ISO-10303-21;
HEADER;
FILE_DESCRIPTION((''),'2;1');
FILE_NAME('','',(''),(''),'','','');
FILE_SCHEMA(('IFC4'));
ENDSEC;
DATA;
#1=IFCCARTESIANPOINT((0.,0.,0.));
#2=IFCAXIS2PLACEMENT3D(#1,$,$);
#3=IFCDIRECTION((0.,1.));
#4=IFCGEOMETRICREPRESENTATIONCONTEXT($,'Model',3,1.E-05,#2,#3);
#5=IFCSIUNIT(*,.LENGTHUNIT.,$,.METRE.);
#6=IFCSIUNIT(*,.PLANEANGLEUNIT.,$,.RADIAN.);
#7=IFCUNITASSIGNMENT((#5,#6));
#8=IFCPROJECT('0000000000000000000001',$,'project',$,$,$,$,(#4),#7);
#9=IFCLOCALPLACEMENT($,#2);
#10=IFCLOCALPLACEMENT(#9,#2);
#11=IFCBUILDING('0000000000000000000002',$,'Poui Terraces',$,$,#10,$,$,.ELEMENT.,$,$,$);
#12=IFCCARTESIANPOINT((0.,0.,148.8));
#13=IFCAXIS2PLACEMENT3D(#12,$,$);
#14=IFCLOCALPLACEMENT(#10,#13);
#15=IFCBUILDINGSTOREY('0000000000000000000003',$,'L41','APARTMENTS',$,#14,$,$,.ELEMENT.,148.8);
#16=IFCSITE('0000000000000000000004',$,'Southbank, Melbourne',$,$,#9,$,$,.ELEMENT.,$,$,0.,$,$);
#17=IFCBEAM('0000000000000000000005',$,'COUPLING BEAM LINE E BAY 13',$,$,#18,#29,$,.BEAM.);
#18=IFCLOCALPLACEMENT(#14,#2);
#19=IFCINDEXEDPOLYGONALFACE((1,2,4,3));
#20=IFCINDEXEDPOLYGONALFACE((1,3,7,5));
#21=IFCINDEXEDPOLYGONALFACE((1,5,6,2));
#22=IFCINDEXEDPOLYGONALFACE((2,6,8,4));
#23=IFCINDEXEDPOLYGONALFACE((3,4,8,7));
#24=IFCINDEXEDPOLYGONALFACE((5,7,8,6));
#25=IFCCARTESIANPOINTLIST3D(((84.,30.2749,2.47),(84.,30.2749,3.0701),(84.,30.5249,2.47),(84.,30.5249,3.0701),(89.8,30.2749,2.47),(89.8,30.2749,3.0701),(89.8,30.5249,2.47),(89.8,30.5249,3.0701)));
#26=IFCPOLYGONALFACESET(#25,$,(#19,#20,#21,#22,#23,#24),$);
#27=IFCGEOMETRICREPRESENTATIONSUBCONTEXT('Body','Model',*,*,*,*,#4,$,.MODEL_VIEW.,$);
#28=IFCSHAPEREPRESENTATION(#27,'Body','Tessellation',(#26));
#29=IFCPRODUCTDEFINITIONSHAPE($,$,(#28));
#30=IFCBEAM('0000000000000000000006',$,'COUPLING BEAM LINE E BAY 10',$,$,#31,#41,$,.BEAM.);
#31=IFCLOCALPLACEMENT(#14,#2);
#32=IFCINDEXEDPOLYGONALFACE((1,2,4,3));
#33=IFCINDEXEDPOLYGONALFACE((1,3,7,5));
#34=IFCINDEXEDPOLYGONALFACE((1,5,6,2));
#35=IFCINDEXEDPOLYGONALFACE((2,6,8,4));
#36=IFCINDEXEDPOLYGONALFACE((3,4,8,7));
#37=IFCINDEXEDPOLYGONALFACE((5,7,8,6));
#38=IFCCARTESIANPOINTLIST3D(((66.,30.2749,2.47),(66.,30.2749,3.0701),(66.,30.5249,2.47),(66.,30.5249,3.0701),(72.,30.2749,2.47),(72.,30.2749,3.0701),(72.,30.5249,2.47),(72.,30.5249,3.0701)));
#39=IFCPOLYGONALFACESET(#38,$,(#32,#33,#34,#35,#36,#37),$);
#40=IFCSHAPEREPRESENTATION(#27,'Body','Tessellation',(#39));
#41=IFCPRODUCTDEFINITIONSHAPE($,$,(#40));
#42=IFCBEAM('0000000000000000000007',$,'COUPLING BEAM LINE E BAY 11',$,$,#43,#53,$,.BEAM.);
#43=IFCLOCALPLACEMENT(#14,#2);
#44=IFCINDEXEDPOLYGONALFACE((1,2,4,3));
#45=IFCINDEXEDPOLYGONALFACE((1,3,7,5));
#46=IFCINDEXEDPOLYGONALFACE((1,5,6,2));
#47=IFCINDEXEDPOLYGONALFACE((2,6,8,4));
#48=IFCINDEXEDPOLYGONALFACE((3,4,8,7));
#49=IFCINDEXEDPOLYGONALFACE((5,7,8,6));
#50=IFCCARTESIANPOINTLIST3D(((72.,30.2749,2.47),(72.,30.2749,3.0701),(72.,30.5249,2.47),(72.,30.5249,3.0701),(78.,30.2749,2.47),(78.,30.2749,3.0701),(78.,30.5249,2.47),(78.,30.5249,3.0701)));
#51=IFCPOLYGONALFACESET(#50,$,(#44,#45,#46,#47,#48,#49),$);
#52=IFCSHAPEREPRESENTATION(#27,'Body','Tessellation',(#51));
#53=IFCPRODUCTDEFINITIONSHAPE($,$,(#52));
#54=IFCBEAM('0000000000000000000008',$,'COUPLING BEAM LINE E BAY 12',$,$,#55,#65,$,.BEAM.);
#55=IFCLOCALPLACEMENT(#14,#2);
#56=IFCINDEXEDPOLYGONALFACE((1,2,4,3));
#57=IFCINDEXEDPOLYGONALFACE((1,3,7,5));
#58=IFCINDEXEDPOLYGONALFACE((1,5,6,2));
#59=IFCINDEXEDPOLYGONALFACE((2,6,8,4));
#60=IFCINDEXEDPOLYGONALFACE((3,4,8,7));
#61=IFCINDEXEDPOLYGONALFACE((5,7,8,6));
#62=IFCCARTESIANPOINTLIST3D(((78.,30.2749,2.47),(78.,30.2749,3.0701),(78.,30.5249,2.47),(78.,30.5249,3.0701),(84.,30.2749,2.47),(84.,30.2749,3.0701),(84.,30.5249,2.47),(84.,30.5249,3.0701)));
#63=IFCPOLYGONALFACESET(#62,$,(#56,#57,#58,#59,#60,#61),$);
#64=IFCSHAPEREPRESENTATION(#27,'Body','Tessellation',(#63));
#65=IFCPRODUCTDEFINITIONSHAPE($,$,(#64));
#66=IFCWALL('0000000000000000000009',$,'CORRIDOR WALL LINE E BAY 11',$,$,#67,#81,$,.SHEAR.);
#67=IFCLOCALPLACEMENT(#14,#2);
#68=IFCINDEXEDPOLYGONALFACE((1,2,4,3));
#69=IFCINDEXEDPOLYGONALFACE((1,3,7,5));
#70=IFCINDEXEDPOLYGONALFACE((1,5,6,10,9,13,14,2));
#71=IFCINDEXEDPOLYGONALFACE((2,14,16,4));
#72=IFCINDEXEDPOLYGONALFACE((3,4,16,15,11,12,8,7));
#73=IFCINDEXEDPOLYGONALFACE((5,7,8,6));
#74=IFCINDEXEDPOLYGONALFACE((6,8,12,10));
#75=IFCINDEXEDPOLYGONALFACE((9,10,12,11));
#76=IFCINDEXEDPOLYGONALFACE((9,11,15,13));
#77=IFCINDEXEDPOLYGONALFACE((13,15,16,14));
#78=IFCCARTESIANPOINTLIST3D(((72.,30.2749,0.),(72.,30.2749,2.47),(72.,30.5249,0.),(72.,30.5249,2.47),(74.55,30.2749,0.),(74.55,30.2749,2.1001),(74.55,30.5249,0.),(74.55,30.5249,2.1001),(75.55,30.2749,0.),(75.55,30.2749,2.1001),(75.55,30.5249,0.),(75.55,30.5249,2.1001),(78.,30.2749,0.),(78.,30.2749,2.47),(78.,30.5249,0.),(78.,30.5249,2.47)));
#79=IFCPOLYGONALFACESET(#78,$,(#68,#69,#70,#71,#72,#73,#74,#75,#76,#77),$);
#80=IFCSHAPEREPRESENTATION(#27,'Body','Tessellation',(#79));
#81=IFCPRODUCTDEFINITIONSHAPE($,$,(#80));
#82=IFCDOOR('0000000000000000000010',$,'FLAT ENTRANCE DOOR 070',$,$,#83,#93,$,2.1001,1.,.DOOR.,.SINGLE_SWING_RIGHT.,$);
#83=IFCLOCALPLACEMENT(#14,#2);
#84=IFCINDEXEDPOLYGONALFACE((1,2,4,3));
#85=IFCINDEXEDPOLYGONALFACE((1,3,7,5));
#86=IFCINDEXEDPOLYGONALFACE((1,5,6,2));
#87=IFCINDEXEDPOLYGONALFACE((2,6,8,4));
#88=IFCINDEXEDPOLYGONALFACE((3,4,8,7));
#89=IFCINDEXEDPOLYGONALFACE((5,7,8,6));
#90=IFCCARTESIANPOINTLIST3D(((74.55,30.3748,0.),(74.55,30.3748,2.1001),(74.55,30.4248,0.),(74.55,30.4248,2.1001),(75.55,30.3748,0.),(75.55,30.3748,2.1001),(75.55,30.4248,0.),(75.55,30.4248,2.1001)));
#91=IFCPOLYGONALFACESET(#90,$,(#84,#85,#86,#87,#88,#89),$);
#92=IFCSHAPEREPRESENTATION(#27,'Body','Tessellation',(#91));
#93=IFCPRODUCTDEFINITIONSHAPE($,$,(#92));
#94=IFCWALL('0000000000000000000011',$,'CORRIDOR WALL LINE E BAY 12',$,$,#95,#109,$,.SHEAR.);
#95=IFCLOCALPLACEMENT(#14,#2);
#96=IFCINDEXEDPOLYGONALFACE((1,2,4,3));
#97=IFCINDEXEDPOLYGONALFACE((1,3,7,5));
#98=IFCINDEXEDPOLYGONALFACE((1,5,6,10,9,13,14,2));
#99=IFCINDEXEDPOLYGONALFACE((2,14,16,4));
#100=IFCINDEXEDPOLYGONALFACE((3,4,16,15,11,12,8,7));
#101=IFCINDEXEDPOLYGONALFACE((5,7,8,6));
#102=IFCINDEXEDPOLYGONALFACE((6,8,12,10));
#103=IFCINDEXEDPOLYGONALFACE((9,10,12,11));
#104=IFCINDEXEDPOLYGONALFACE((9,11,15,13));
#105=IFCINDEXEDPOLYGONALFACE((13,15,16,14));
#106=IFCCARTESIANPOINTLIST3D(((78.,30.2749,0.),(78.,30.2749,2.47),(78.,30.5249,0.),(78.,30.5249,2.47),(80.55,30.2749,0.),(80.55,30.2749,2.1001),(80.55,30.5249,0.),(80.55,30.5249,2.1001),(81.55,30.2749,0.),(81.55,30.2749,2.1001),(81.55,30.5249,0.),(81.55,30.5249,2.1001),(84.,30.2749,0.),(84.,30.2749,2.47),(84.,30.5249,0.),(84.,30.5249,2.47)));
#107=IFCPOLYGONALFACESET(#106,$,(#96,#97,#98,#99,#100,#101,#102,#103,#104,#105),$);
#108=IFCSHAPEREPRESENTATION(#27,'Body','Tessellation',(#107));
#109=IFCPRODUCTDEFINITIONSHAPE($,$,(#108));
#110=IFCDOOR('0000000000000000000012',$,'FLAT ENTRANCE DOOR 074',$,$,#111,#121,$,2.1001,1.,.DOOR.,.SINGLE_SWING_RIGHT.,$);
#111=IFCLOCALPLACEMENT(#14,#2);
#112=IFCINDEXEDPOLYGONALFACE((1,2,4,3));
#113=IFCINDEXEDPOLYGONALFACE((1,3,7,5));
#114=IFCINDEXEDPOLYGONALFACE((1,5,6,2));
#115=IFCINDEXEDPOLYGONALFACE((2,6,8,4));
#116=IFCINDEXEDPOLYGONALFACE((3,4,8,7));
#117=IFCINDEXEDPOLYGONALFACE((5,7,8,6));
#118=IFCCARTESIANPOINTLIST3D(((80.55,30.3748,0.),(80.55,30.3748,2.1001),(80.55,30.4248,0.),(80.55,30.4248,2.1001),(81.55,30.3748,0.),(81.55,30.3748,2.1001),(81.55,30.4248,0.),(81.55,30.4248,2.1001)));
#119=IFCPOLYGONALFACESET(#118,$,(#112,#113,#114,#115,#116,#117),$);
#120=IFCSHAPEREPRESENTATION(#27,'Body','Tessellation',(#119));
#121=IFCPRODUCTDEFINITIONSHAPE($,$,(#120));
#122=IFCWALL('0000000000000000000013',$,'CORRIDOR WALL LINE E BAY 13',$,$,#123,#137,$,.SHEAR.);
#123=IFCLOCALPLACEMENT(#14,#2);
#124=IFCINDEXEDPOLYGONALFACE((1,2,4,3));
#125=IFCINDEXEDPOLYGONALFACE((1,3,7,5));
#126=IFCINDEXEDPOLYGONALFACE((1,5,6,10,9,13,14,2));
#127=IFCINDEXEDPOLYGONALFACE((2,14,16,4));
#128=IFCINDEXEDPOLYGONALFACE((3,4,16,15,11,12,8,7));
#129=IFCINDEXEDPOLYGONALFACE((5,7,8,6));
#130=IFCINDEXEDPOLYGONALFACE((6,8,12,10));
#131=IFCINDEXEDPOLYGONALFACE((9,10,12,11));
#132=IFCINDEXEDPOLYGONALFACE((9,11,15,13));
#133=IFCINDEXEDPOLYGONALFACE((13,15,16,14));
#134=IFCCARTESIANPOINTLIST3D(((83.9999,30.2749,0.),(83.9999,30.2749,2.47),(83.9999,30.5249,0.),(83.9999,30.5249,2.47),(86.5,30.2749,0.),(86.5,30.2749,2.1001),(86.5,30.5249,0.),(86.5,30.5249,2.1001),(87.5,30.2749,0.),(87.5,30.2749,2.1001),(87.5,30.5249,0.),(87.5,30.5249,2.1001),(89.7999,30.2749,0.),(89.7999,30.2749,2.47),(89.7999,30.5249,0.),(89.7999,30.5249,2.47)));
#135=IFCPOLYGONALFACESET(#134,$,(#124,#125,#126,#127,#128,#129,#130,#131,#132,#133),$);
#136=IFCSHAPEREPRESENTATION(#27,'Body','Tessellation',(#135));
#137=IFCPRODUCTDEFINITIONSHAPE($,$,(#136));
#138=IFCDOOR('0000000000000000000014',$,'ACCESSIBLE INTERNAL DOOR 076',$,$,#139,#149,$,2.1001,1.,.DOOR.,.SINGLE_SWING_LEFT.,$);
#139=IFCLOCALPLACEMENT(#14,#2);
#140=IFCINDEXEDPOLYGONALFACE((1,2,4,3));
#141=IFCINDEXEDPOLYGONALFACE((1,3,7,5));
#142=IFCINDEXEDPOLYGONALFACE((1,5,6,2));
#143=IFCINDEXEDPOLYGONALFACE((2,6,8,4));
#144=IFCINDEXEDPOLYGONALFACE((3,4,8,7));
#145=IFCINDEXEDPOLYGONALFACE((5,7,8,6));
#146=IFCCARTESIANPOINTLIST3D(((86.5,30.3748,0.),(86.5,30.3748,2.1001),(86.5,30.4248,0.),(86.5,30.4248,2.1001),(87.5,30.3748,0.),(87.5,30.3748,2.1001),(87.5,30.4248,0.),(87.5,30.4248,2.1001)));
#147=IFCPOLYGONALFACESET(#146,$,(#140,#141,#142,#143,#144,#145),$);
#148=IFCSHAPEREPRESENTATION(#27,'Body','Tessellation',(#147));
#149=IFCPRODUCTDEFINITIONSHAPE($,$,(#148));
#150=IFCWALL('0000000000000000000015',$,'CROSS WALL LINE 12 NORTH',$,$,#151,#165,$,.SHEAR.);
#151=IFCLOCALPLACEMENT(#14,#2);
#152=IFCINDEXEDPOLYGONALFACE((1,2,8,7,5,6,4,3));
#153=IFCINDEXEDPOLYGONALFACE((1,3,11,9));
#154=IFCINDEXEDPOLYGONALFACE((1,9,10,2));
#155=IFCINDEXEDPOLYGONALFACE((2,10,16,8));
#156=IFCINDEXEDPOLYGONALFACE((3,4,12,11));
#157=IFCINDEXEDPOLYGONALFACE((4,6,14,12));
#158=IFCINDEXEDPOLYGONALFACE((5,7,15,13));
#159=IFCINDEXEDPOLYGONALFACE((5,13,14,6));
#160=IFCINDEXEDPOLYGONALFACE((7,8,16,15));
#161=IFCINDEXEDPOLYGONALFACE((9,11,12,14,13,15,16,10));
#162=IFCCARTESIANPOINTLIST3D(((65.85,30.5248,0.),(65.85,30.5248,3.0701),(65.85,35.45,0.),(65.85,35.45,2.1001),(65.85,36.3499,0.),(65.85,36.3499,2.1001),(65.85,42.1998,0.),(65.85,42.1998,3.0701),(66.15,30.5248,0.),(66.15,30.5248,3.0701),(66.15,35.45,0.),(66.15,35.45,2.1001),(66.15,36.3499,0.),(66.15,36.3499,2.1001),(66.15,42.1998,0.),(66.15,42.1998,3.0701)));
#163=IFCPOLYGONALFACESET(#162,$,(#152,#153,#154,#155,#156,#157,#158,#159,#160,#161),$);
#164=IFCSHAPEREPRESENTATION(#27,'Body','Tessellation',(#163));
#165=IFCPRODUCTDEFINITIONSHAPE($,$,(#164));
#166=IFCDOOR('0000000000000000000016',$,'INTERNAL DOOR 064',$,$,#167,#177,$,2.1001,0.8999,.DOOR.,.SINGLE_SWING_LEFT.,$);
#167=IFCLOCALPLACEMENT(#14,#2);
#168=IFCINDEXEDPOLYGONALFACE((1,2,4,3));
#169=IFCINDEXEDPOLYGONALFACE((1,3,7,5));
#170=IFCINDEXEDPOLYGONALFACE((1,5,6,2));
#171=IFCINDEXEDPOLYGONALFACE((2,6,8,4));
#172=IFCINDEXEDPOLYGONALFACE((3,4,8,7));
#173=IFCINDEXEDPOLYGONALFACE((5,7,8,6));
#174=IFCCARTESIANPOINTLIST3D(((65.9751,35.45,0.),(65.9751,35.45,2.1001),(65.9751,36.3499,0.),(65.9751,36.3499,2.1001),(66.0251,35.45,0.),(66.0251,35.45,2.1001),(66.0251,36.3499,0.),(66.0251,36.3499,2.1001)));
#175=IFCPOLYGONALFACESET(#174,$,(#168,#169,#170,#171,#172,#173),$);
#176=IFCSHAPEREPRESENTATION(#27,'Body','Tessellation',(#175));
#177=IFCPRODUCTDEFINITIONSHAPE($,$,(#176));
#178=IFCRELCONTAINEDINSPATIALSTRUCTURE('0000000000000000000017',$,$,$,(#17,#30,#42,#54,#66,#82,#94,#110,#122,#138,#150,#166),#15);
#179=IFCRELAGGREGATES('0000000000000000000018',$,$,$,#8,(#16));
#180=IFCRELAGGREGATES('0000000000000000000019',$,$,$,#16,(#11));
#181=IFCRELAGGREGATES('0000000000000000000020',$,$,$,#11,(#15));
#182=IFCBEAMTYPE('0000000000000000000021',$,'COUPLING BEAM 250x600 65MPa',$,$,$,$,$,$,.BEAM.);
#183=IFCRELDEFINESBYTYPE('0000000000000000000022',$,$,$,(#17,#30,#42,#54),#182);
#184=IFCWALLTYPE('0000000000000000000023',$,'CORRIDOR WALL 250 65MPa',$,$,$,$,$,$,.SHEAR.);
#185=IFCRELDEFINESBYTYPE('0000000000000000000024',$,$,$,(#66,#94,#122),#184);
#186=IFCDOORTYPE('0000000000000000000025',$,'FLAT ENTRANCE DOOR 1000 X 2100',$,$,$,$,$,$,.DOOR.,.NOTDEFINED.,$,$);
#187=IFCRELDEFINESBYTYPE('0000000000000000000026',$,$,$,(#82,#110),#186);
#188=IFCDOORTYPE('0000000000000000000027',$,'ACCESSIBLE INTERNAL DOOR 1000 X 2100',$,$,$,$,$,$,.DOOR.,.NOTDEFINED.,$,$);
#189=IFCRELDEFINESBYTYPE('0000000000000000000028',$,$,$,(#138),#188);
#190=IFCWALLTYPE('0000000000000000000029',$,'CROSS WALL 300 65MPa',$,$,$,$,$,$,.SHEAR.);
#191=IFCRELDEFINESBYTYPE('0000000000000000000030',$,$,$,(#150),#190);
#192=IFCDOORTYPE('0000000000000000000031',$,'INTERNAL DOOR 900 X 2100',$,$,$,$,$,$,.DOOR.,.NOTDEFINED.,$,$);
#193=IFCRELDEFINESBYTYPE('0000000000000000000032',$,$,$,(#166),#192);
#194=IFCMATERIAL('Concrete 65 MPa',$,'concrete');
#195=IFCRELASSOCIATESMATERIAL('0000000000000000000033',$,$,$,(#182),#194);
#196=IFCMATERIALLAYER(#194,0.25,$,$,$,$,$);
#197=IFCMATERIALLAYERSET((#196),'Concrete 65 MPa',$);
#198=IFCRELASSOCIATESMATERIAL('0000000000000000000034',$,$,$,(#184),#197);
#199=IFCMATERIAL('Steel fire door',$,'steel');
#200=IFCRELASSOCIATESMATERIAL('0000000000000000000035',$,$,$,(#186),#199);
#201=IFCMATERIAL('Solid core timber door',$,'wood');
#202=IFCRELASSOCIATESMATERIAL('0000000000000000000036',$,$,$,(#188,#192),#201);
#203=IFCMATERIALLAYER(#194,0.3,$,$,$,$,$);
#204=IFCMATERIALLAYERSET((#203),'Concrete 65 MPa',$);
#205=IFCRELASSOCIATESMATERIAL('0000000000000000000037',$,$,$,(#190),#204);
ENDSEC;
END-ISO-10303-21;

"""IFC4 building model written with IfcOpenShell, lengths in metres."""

from ifc_helpers import new_model, si_unit, direction, frame, frame_2d, origin, origin_2d, place, context, subcontext, project, spatial, rectangle, extrude, source, transform, mapped, material, layer, layer_set, material_profile, profile_set, type_object, element, fill, save


model = new_model("IFC4")

# Units and contexts
model_context = context("Model", 3, precision=1e-05, world=origin(), true_north=direction((0.0, 1.0)))
body_context = subcontext(model_context, "Body", "Model", "MODEL_VIEW")
ifc_project = project(units=[si_unit("LENGTHUNIT", "METRE"), si_unit("PLANEANGLEUNIT", "RADIAN")], contexts=[model_context])

# Site, building, storey
site_placement = place(None, origin())
site = spatial("IfcSite", under=ifc_project, at=site_placement, Name="Southbank, Melbourne", CompositionType="ELEMENT", RefElevation=0.0)
building_placement = place(site_placement, origin())
building = spatial("IfcBuilding", under=site, at=building_placement, Name="Poui Terraces", CompositionType="ELEMENT")
storey_placement = place(building_placement, frame((0.0, 0.0, 148.8)))
storey = spatial("IfcBuildingStorey", under=building, at=storey_placement, Name="L41", Description="APARTMENTS", CompositionType="ELEMENT", Elevation=148.8)

# Beams
ifc_material_1 = material(Name="Concrete 65 MPa", Category="concrete")
ifc_material_profile = material_profile(ifc_material_1, rectangle(XDim=0.25, YDim=0.6001, at=origin_2d()), Name="RC 250x600")
ifc_profile_set = profile_set([ifc_material_profile], Name="Concrete 65 MPa")
beam_type = type_object("IfcBeamType", Name="COUPLING BEAM 250x600 65MPa", PredefinedType="BEAM", material=ifc_profile_set)
shared_shape_1 = source(origin(), body_context, "Body", "SweptSolid", [
    extrude(rectangle(XDim=0.25, YDim=0.6001, at=origin_2d()), origin(), (0.0, 0.0, 1.0), 5.8),
])
beam_placement = place(storey_placement, frame((84.0, 30.3999, 2.77), z_axis=(1.0, 0.0, 0.0), x_axis=(0.0, 1.0, 0.0)))
element("IfcBeam", 1, at=beam_placement, inside=storey, type_object=beam_type, Name="COUPLING BEAM LINE E BAY 13", PredefinedType="BEAM", context=body_context, shape_type="MappedRepresentation", body=[
    mapped(shared_shape_1, transform((0.0, 0.0, 0.0))),
])
shared_shape_2 = source(origin(), body_context, "Body", "SweptSolid", [
    extrude(rectangle(XDim=0.25, YDim=0.6001, at=origin_2d()), origin(), (0.0, 0.0, 1.0), 6.0),
])
for number, where, z_axis, x_axis, name in (
    (2, (66.0, 30.3999, 2.77), (1.0, 0.0, 0.0), (0.0, 1.0, 0.0), "COUPLING BEAM LINE E BAY 10"),
    (3, (72.0, 30.3999, 2.77), (1.0, 0.0, 0.0), (0.0, 1.0, 0.0), "COUPLING BEAM LINE E BAY 11"),
    (4, (78.0, 30.3999, 2.77), (1.0, 0.0, 0.0), (0.0, 1.0, 0.0), "COUPLING BEAM LINE E BAY 12"),
):
    element("IfcBeam", number, at=place(storey_placement, frame(where, z_axis=z_axis, x_axis=x_axis)), inside=storey, type_object=beam_type, Name=name, PredefinedType="BEAM", context=body_context, shape_type="MappedRepresentation", body=[
        mapped(shared_shape_2, transform((0.0, 0.0, 0.0))),
    ])

# Walls, openings, doors
ifc_layer_1 = layer(ifc_material_1, 0.25)
ifc_layer_set_1 = layer_set([ifc_layer_1], Name="Concrete 65 MPa")
wall_type_1 = type_object("IfcWallType", Name="CORRIDOR WALL 250 65MPa", PredefinedType="SHEAR", material=ifc_layer_set_1)
wall_1_placement = place(storey_placement, frame((72.0, 30.3999, 0.0), z_axis=(0.0, 0.0, 1.0), x_axis=(1.0, 0.0, 0.0)))
wall_1 = element("IfcWall", 5, at=wall_1_placement, inside=storey, type_object=wall_type_1, Name="CORRIDOR WALL LINE E BAY 11", PredefinedType="SHEAR", context=body_context, shape_type="SweptSolid", body=[
    extrude(rectangle(XDim=6.0, YDim=0.25, at=frame_2d((3.0, 0.0))), origin(), (0.0, 0.0, 1.0), 2.47),
])
opening_1_placement = place(wall_1_placement, frame((2.55, 0.0, 0.0)))
opening_1 = element("IfcOpeningElement", 6, at=opening_1_placement, cuts=wall_1, PredefinedType="OPENING", context=body_context, shape_type="SweptSolid", body=[
    extrude(rectangle(XDim=1.0, YDim=2.1001, at=frame_2d((0.5, 1.05))), frame((0.0, 0.135, 0.0), z_axis=(0.0, -1.0, 0.0), x_axis=(1.0, 0.0, 0.0)), (0.0, 0.0, 1.0), 0.27),
])
ifc_material_2 = material(Name="Steel fire door", Category="steel")
door_type_1 = type_object("IfcDoorType", Name="FLAT ENTRANCE DOOR 1000 X 2100", OperationType="NOTDEFINED", PredefinedType="DOOR", material=ifc_material_2)
door_1_placement = place(opening_1_placement, origin())
door_1 = element("IfcDoor", 7, at=door_1_placement, inside=storey, type_object=door_type_1, Name="FLAT ENTRANCE DOOR 070", OperationType="SINGLE_SWING_RIGHT", OverallHeight=2.1001, OverallWidth=1.0, PredefinedType="DOOR", context=body_context, shape_type="SweptSolid", body=[
    extrude(rectangle(XDim=1.0, YDim=2.1001, at=frame_2d((0.5, 1.05))), frame((0.0, 0.0249, 0.0), z_axis=(0.0, -1.0, 0.0), x_axis=(1.0, 0.0, 0.0)), (0.0, 0.0, 1.0), 0.05),
])
fill(opening_1, door_1)
wall_2_placement = place(storey_placement, frame((78.0, 30.3999, 0.0), z_axis=(0.0, 0.0, 1.0), x_axis=(1.0, 0.0, 0.0)))
wall_2 = element("IfcWall", 8, at=wall_2_placement, inside=storey, type_object=wall_type_1, Name="CORRIDOR WALL LINE E BAY 12", PredefinedType="SHEAR", context=body_context, shape_type="SweptSolid", body=[
    extrude(rectangle(XDim=6.0, YDim=0.25, at=frame_2d((3.0, 0.0))), origin(), (0.0, 0.0, 1.0), 2.47),
])
opening_2_placement = place(wall_2_placement, frame((2.55, 0.0, 0.0)))
opening_2 = element("IfcOpeningElement", 9, at=opening_2_placement, cuts=wall_2, PredefinedType="OPENING", context=body_context, shape_type="SweptSolid", body=[
    extrude(rectangle(XDim=1.0, YDim=2.1001, at=frame_2d((0.5, 1.05))), frame((0.0, 0.135, 0.0), z_axis=(0.0, -1.0, 0.0), x_axis=(1.0, 0.0, 0.0)), (0.0, 0.0, 1.0), 0.27),
])
door_2_placement = place(opening_2_placement, origin())
door_2 = element("IfcDoor", 10, at=door_2_placement, inside=storey, type_object=door_type_1, Name="FLAT ENTRANCE DOOR 074", OperationType="SINGLE_SWING_RIGHT", OverallHeight=2.1001, OverallWidth=1.0, PredefinedType="DOOR", context=body_context, shape_type="SweptSolid", body=[
    extrude(rectangle(XDim=1.0, YDim=2.1001, at=frame_2d((0.5, 1.05))), frame((0.0, 0.0249, 0.0), z_axis=(0.0, -1.0, 0.0), x_axis=(1.0, 0.0, 0.0)), (0.0, 0.0, 1.0), 0.05),
])
fill(opening_2, door_2)
wall_3_placement = place(storey_placement, frame((84.0, 30.3999, 0.0), z_axis=(0.0, 0.0, 1.0), x_axis=(1.0, 0.0, 0.0)))
wall_3 = element("IfcWall", 11, at=wall_3_placement, inside=storey, type_object=wall_type_1, Name="CORRIDOR WALL LINE E BAY 13", PredefinedType="SHEAR", context=body_context, shape_type="SweptSolid", body=[
    extrude(rectangle(XDim=5.8, YDim=0.25, at=frame_2d((2.8999, 0.0))), origin(), (0.0, 0.0, 1.0), 2.47),
])
opening_3_placement = place(wall_3_placement, frame((2.5, 0.0, 0.0)))
opening_3 = element("IfcOpeningElement", 12, at=opening_3_placement, cuts=wall_3, PredefinedType="OPENING", context=body_context, shape_type="SweptSolid", body=[
    extrude(rectangle(XDim=1.0, YDim=2.1001, at=frame_2d((0.5, 1.05))), frame((0.0, 0.135, 0.0), z_axis=(0.0, -1.0, 0.0), x_axis=(1.0, 0.0, 0.0)), (0.0, 0.0, 1.0), 0.27),
])
ifc_material_3 = material(Name="Solid core timber door", Category="wood")
door_type_2 = type_object("IfcDoorType", Name="ACCESSIBLE INTERNAL DOOR 1000 X 2100", OperationType="NOTDEFINED", PredefinedType="DOOR", material=ifc_material_3)
door_3_placement = place(opening_3_placement, origin())
door_3 = element("IfcDoor", 13, at=door_3_placement, inside=storey, type_object=door_type_2, Name="ACCESSIBLE INTERNAL DOOR 076", OperationType="SINGLE_SWING_LEFT", OverallHeight=2.1001, OverallWidth=1.0, PredefinedType="DOOR", context=body_context, shape_type="SweptSolid", body=[
    extrude(rectangle(XDim=1.0, YDim=2.1001, at=frame_2d((0.5, 1.05))), frame((0.0, 0.0249, 0.0), z_axis=(0.0, -1.0, 0.0), x_axis=(1.0, 0.0, 0.0)), (0.0, 0.0, 1.0), 0.05),
])
fill(opening_3, door_3)
ifc_layer_2 = layer(ifc_material_1, 0.3)
ifc_layer_set_2 = layer_set([ifc_layer_2], Name="Concrete 65 MPa")
wall_type_2 = type_object("IfcWallType", Name="CROSS WALL 300 65MPa", PredefinedType="SHEAR", material=ifc_layer_set_2)
wall_4_placement = place(storey_placement, frame((66.0, 30.5249, 0.0), z_axis=(0.0, 0.0, 1.0), x_axis=(0.0, 1.0, 0.0)))
wall_4 = element("IfcWall", 14, at=wall_4_placement, inside=storey, type_object=wall_type_2, Name="CROSS WALL LINE 12 NORTH", PredefinedType="SHEAR", context=body_context, shape_type="SweptSolid", body=[
    extrude(rectangle(XDim=11.675, YDim=0.3, at=frame_2d((5.8374, 0.0))), origin(), (0.0, 0.0, 1.0), 3.0701),
])
opening_4_placement = place(wall_4_placement, frame((4.925, 0.0, 0.0)))
opening_4 = element("IfcOpeningElement", 15, at=opening_4_placement, cuts=wall_4, PredefinedType="OPENING", context=body_context, shape_type="SweptSolid", body=[
    extrude(rectangle(XDim=0.8999, YDim=2.1001, at=frame_2d((0.45, 1.05))), frame((0.0, 0.1602, 0.0), z_axis=(0.0, -1.0, 0.0), x_axis=(1.0, 0.0, 0.0)), (0.0, 0.0, 1.0), 0.3201),
])
door_type_3 = type_object("IfcDoorType", Name="INTERNAL DOOR 900 X 2100", OperationType="NOTDEFINED", PredefinedType="DOOR", material=ifc_material_3)
door_4_placement = place(opening_4_placement, origin())
door_4 = element("IfcDoor", 16, at=door_4_placement, inside=storey, type_object=door_type_3, Name="INTERNAL DOOR 064", OperationType="SINGLE_SWING_LEFT", OverallHeight=2.1001, OverallWidth=0.8999, PredefinedType="DOOR", context=body_context, shape_type="SweptSolid", body=[
    extrude(rectangle(XDim=0.8999, YDim=2.1001, at=frame_2d((0.45, 1.05))), frame((0.0, 0.0249, 0.0), z_axis=(0.0, -1.0, 0.0), x_axis=(1.0, 0.0, 0.0)), (0.0, 0.0, 1.0), 0.05),
])
fill(opening_4, door_4)

save(model, "model.ifc")
